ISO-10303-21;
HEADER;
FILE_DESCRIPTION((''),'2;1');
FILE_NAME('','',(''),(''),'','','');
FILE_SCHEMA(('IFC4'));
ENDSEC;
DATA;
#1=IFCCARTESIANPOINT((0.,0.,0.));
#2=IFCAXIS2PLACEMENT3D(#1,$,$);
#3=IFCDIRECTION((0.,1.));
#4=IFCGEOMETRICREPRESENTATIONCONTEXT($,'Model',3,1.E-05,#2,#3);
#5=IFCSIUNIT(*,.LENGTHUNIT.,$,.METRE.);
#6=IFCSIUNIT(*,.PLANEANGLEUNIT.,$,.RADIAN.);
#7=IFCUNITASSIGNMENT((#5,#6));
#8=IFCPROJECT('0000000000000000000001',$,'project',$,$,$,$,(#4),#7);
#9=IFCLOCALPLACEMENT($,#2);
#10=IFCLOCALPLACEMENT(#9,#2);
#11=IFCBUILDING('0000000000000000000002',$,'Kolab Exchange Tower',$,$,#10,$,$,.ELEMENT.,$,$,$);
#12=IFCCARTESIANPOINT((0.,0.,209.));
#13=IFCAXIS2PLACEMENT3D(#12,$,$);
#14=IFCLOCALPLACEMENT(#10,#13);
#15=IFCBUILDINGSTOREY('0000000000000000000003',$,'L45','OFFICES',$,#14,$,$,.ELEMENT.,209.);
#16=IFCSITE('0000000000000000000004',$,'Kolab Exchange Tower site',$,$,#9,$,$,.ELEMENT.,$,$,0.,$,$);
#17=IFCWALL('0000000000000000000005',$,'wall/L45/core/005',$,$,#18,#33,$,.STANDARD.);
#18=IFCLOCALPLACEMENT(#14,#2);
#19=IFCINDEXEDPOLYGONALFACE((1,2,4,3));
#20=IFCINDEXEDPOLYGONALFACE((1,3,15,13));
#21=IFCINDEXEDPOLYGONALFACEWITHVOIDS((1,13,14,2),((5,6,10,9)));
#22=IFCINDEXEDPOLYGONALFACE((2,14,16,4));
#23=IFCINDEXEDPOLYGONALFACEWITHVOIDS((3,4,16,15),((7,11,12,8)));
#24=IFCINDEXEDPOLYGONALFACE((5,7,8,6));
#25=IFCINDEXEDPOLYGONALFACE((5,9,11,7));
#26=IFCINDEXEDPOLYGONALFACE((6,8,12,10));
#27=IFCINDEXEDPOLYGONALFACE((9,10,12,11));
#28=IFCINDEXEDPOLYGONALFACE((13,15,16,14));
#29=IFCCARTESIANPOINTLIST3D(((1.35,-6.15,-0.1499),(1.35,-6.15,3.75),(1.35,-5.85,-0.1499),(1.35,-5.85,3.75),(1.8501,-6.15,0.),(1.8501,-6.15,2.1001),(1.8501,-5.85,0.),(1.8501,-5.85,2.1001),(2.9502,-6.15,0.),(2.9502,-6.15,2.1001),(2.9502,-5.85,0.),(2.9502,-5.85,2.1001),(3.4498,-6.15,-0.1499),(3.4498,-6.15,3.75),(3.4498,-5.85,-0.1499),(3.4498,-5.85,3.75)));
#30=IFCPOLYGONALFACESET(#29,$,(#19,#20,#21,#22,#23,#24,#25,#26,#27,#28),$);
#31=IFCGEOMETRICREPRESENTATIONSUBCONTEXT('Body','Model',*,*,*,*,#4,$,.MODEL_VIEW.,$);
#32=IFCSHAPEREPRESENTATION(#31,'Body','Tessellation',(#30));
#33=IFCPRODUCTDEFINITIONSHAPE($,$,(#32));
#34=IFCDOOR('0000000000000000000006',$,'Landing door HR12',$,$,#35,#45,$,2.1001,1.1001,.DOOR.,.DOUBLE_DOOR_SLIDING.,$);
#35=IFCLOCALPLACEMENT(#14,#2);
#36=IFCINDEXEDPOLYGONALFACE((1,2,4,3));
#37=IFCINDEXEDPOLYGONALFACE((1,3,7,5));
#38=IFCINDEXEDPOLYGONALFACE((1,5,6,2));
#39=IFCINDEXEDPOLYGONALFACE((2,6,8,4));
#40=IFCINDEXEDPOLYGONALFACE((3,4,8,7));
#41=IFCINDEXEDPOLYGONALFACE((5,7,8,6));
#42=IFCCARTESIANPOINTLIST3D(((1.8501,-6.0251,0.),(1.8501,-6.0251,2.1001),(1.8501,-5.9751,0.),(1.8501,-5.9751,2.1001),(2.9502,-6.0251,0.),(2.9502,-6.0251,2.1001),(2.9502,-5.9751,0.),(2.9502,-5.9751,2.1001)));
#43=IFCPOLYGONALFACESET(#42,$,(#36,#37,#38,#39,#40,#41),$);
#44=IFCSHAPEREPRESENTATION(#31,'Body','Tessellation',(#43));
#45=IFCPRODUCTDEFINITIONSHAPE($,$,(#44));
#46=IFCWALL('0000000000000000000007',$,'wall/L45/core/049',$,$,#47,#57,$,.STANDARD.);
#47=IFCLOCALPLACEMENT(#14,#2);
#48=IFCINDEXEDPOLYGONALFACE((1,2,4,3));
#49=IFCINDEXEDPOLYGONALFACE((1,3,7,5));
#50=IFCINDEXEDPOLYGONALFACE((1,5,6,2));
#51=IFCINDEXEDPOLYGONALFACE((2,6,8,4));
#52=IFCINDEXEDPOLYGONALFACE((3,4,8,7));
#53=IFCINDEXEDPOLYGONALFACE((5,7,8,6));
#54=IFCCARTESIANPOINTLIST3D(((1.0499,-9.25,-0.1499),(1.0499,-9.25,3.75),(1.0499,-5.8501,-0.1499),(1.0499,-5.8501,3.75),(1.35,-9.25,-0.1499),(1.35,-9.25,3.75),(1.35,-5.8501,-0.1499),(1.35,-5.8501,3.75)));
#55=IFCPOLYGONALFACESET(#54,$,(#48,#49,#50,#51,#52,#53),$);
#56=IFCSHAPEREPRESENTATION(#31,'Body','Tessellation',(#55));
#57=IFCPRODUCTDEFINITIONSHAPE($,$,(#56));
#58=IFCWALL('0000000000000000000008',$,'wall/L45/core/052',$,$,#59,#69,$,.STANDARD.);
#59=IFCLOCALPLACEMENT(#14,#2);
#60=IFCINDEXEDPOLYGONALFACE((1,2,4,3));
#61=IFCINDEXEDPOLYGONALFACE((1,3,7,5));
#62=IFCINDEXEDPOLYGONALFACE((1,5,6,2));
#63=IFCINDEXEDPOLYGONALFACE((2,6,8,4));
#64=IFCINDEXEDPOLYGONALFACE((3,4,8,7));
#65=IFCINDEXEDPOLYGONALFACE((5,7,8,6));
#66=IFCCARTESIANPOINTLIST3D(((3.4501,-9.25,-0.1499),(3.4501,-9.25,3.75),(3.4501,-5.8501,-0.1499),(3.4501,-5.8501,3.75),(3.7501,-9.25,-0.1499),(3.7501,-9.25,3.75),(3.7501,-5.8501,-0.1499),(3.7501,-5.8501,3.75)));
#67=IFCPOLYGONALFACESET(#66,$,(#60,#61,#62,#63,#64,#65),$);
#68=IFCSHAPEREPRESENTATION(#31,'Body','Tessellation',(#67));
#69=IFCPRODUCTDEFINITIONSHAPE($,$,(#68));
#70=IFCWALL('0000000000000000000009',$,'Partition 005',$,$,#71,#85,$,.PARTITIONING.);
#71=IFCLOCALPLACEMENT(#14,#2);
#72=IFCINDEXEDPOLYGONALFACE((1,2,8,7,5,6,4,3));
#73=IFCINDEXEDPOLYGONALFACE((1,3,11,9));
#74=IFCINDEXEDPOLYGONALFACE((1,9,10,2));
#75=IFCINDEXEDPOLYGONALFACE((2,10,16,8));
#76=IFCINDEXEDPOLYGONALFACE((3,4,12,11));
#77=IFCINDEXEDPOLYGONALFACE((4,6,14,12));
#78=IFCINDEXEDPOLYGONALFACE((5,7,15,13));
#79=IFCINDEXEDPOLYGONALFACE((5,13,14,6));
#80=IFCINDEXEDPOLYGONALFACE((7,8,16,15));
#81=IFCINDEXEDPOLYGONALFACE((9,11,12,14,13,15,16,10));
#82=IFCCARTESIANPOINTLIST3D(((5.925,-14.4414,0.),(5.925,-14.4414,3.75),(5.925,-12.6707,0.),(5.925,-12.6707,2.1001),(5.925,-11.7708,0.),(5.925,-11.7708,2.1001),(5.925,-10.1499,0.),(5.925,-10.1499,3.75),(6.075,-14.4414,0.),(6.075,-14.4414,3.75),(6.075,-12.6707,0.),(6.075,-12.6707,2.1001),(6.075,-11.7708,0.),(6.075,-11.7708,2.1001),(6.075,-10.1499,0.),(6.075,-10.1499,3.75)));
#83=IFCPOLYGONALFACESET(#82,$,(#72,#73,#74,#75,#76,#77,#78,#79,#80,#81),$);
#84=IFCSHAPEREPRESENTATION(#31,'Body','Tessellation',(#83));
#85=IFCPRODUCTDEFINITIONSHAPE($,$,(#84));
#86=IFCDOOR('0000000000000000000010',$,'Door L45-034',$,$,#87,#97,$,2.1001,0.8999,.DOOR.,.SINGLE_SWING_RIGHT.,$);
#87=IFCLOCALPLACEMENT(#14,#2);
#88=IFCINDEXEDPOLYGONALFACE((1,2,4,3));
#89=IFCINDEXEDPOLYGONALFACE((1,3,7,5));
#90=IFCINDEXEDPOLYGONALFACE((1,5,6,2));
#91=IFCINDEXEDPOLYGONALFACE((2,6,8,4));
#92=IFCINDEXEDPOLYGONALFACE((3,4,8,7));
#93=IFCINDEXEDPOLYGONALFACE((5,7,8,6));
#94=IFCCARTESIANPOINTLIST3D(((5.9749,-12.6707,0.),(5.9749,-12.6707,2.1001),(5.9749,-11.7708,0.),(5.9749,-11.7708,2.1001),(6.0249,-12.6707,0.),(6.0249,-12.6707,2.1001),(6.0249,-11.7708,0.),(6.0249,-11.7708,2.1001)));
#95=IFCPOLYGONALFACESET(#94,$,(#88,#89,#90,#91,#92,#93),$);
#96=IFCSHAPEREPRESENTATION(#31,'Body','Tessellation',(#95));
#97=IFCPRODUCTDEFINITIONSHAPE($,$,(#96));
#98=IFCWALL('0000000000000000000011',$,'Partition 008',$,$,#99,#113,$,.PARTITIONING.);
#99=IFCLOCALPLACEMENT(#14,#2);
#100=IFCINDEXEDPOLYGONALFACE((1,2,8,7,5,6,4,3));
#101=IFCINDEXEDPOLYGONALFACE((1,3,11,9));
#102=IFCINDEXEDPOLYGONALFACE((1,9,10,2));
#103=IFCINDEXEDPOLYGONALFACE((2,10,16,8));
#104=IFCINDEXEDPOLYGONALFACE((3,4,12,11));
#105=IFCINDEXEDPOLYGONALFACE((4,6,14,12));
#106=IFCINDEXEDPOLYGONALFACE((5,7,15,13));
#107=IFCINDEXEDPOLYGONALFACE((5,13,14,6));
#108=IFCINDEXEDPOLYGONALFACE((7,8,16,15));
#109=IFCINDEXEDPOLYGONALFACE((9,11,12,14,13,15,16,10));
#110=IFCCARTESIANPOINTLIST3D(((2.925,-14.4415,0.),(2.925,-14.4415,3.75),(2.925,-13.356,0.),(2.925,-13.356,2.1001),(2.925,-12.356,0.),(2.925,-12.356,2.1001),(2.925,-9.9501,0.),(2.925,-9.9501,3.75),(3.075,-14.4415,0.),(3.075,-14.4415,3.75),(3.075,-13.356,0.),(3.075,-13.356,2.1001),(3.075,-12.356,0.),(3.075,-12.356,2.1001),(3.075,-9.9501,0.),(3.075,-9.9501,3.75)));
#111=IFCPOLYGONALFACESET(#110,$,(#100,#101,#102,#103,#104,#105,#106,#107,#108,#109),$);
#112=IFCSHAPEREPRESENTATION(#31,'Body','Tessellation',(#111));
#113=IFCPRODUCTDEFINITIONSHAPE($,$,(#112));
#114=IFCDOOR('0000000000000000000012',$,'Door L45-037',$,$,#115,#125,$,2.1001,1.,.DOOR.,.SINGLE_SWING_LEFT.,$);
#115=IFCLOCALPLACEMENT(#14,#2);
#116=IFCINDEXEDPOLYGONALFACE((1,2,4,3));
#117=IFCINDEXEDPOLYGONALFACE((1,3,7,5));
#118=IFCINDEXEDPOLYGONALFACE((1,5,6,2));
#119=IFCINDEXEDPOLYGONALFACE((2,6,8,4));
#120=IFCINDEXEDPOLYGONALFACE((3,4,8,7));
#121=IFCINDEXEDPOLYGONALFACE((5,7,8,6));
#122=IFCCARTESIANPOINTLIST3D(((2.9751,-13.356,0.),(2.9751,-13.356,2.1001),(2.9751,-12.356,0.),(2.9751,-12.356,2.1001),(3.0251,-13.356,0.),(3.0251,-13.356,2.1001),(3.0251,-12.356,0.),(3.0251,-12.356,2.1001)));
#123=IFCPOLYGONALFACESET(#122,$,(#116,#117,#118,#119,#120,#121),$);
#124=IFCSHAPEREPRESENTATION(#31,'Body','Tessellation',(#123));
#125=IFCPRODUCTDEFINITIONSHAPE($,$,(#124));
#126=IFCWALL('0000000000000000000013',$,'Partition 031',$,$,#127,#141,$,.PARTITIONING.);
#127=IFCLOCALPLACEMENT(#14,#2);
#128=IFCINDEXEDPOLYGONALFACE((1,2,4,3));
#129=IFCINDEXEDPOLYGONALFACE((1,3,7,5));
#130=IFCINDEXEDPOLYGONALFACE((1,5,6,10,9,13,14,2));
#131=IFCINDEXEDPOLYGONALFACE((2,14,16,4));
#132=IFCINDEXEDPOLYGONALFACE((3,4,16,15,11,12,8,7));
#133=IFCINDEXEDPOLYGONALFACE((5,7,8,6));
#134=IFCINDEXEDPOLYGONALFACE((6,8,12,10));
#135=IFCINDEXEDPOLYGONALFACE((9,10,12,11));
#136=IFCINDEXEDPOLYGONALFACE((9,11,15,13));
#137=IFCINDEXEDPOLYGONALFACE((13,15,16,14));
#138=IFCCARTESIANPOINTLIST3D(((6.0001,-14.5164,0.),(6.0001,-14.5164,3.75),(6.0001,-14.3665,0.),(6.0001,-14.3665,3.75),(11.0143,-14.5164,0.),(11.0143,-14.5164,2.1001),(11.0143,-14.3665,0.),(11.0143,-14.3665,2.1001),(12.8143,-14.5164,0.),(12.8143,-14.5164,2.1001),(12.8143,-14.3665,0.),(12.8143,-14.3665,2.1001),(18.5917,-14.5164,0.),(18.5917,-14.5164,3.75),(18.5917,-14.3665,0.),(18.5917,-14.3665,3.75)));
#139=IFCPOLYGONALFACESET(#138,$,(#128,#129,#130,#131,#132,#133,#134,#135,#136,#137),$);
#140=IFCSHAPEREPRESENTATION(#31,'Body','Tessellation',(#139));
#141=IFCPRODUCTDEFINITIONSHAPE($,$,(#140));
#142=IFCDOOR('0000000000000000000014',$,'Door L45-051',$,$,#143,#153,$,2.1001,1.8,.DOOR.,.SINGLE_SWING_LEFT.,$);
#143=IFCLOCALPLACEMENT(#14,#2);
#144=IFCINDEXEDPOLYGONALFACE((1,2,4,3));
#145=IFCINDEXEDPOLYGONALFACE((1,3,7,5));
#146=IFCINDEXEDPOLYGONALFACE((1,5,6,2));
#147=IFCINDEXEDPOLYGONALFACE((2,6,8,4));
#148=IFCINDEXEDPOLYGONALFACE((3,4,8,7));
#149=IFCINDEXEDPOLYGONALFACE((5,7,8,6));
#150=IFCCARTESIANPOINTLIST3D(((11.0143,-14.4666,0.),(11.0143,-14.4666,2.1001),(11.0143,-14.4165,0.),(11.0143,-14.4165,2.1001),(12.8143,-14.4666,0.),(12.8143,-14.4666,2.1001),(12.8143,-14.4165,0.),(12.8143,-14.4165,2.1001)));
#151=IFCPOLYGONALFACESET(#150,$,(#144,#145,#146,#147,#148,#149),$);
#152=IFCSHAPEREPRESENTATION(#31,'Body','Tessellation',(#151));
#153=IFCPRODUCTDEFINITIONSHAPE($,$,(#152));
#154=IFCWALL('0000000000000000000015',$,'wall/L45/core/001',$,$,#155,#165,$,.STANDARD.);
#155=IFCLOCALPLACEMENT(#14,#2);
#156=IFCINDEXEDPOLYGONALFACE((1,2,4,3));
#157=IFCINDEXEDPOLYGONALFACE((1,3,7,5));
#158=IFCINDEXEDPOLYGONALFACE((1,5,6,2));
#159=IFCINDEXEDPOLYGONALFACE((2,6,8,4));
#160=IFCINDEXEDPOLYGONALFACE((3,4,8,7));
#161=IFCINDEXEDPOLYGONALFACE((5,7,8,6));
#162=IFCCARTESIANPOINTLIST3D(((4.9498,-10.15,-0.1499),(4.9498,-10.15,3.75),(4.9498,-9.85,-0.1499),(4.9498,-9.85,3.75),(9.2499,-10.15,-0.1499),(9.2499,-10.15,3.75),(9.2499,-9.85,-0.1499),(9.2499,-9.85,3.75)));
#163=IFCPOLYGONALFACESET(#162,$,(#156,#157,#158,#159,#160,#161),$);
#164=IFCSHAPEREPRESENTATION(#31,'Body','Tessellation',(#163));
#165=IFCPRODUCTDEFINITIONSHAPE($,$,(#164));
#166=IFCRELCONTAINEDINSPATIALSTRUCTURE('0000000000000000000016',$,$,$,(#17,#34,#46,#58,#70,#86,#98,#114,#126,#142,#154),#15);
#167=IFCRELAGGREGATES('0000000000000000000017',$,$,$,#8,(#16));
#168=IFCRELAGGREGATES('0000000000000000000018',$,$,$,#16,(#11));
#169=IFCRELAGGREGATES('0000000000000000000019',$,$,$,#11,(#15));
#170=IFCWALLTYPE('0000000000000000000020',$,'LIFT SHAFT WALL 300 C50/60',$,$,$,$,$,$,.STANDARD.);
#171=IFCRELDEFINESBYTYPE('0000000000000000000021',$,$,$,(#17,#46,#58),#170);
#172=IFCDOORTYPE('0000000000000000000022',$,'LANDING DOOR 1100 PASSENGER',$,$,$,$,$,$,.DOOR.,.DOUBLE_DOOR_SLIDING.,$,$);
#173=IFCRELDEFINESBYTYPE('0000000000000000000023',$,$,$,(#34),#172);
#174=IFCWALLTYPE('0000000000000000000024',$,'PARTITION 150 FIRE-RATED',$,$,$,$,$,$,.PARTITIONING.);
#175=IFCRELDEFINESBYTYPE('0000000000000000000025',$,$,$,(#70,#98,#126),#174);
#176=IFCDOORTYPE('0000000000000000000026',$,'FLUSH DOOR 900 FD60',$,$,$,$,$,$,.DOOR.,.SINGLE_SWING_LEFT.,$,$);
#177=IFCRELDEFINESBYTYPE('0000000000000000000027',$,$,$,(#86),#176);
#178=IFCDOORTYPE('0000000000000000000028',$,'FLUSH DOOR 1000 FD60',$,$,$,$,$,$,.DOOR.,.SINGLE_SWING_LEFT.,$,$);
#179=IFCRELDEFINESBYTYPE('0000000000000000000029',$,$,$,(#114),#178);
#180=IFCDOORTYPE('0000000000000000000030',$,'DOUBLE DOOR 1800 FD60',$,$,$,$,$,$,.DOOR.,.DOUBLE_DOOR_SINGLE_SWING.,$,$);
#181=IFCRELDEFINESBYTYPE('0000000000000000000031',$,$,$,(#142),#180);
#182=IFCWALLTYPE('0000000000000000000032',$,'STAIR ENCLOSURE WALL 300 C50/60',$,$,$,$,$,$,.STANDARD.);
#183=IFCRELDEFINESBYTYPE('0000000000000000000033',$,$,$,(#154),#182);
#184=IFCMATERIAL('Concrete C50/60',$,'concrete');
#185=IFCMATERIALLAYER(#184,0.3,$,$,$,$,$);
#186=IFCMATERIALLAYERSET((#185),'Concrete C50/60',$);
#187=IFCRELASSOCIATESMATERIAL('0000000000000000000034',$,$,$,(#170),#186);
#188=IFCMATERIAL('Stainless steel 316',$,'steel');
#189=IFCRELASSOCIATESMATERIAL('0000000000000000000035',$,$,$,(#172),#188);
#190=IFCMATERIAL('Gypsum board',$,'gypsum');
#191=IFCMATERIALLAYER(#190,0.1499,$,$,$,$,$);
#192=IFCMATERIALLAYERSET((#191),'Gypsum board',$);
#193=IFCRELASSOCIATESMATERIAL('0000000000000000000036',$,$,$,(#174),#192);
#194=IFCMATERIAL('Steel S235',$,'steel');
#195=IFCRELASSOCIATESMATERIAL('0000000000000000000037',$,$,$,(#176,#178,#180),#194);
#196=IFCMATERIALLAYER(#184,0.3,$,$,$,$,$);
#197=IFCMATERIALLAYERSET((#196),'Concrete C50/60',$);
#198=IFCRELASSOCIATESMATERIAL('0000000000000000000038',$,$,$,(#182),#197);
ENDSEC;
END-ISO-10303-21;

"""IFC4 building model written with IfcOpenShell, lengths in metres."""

from ifc_helpers import new_model, si_unit, direction, frame, frame_2d, origin, place, context, subcontext, project, spatial, rectangle, extrude, material, layer, layer_set, type_object, element, fill, save


model = new_model("IFC4")

# Units and contexts
model_context = context("Model", 3, precision=1e-05, world=origin(), true_north=direction((0.0, 1.0)))
body_context = subcontext(model_context, "Body", "Model", "MODEL_VIEW")
ifc_project = project(units=[si_unit("LENGTHUNIT", "METRE"), si_unit("PLANEANGLEUNIT", "RADIAN")], contexts=[model_context])

# Site, building, storey
site_placement = place(None, origin())
site = spatial("IfcSite", under=ifc_project, at=site_placement, Name="Kolab Exchange Tower site", CompositionType="ELEMENT", RefElevation=0.0)
building_placement = place(site_placement, origin())
building = spatial("IfcBuilding", under=site, at=building_placement, Name="Kolab Exchange Tower", CompositionType="ELEMENT")
storey_placement = place(building_placement, frame((0.0, 0.0, 209.0)))
storey = spatial("IfcBuildingStorey", under=building, at=storey_placement, Name="L45", Description="OFFICES", CompositionType="ELEMENT", Elevation=209.0)

# Wall, opening, door
ifc_material_1 = material(Name="Concrete C50/60", Category="concrete")
ifc_layer_1 = layer(ifc_material_1, 0.3)
ifc_layer_set_1 = layer_set([ifc_layer_1], Name="Concrete C50/60")
wall_type_1 = type_object("IfcWallType", Name="LIFT SHAFT WALL 300 C50/60", PredefinedType="STANDARD", material=ifc_layer_set_1)
wall_1_placement = place(storey_placement, frame((1.3501, -6.0, -0.1499), z_axis=(0.0, 0.0, 1.0), x_axis=(1.0, 0.0, 0.0)))
wall_1 = element("IfcWall", 1, at=wall_1_placement, inside=storey, type_object=wall_type_1, Name="wall/L45/core/005", PredefinedType="STANDARD", context=body_context, shape_type="SweptSolid", body=[
    extrude(rectangle(XDim=2.0999, YDim=0.3, at=frame_2d((1.0498, 0.0))), origin(), (0.0, 0.0, 1.0), 3.8999),
])
opening_1_placement = place(wall_1_placement, frame((0.5, 0.0, 0.1499)))
opening_1 = element("IfcOpeningElement", 2, at=opening_1_placement, cuts=wall_1, PredefinedType="OPENING", context=body_context, shape_type="SweptSolid", body=[
    extrude(rectangle(XDim=1.1001, YDim=2.1001, at=frame_2d((0.55, 1.05))), frame((0.0, 0.1602, 0.0), z_axis=(0.0, -1.0, 0.0), x_axis=(1.0, 0.0, 0.0)), (0.0, 0.0, 1.0), 0.3201),
])
ifc_material_2 = material(Name="Stainless steel 316", Category="steel")
door_type_1 = type_object("IfcDoorType", Name="LANDING DOOR 1100 PASSENGER", OperationType="DOUBLE_DOOR_SLIDING", PredefinedType="DOOR", material=ifc_material_2)
door_1_placement = place(opening_1_placement, origin())
door_1 = element("IfcDoor", 3, at=door_1_placement, inside=storey, type_object=door_type_1, Name="Landing door HR12", OperationType="DOUBLE_DOOR_SLIDING", OverallHeight=2.1001, OverallWidth=1.1001, PredefinedType="DOOR", context=body_context, shape_type="SweptSolid", body=[
    extrude(rectangle(XDim=1.1001, YDim=2.1001, at=frame_2d((0.55, 1.05))), frame((0.0, 0.0249, 0.0), z_axis=(0.0, -1.0, 0.0), x_axis=(1.0, 0.0, 0.0)), (0.0, 0.0, 1.0), 0.05),
])
fill(opening_1, door_1)

# Walls
for number, where, z_axis, x_axis, name in (
    (4, (1.2, -9.25, -0.1499), (0.0, 0.0, 1.0), (0.0, 1.0, 0.0), "wall/L45/core/049"),
    (5, (3.6001, -9.25, -0.1499), (0.0, 0.0, 1.0), (0.0, 1.0, 0.0), "wall/L45/core/052"),
):
    element("IfcWall", number, at=place(storey_placement, frame(where, z_axis=z_axis, x_axis=x_axis)), inside=storey, type_object=wall_type_1, Name=name, PredefinedType="STANDARD", context=body_context, shape_type="SweptSolid", body=[
        extrude(rectangle(XDim=3.3999, YDim=0.3, at=frame_2d((1.7, 0.0))), origin(), (0.0, 0.0, 1.0), 3.8999),
    ])

# Walls, openings, doors
ifc_material_3 = material(Name="Gypsum board", Category="gypsum")
ifc_layer_2 = layer(ifc_material_3, 0.1499)
ifc_layer_set_2 = layer_set([ifc_layer_2], Name="Gypsum board")
wall_type_2 = type_object("IfcWallType", Name="PARTITION 150 FIRE-RATED", PredefinedType="PARTITIONING", material=ifc_layer_set_2)
wall_2_placement = place(storey_placement, frame((6.0, -14.4414, 0.0), z_axis=(0.0, 0.0, 1.0), x_axis=(0.0, 1.0, 0.0)))
wall_2 = element("IfcWall", 6, at=wall_2_placement, inside=storey, type_object=wall_type_2, Name="Partition 005", PredefinedType="PARTITIONING", context=body_context, shape_type="SweptSolid", body=[
    extrude(rectangle(XDim=4.2915, YDim=0.1499, at=frame_2d((2.1458, 0.0))), origin(), (0.0, 0.0, 1.0), 3.75),
])
opening_2_placement = place(wall_2_placement, frame((1.7708, 0.0, 0.0)))
opening_2 = element("IfcOpeningElement", 7, at=opening_2_placement, cuts=wall_2, PredefinedType="OPENING", context=body_context, shape_type="SweptSolid", body=[
    extrude(rectangle(XDim=0.8999, YDim=2.1001, at=frame_2d((0.45, 1.05))), frame((0.0, 0.085, 0.0), z_axis=(0.0, -1.0, 0.0), x_axis=(1.0, 0.0, 0.0)), (0.0, 0.0, 1.0), 0.1699),
])
ifc_material_4 = material(Name="Steel S235", Category="steel")
door_type_2 = type_object("IfcDoorType", Name="FLUSH DOOR 900 FD60", OperationType="SINGLE_SWING_LEFT", PredefinedType="DOOR", material=ifc_material_4)
door_2_placement = place(opening_2_placement, frame((0.8999, 0.0, 0.0), z_axis=(0.0, 0.0, 1.0), x_axis=(-1.0, 0.0, 0.0)))
door_2 = element("IfcDoor", 8, at=door_2_placement, inside=storey, type_object=door_type_2, Name="Door L45-034", OperationType="SINGLE_SWING_RIGHT", OverallHeight=2.1001, OverallWidth=0.8999, PredefinedType="DOOR", context=body_context, shape_type="SweptSolid", body=[
    extrude(rectangle(XDim=0.8999, YDim=2.1001, at=frame_2d((0.45, 1.05))), frame((0.0, 0.0249, 0.0), z_axis=(0.0, -1.0, 0.0), x_axis=(1.0, 0.0, 0.0)), (0.0, 0.0, 1.0), 0.05),
])
fill(opening_2, door_2)
wall_3_placement = place(storey_placement, frame((3.0, -14.4414, 0.0), z_axis=(0.0, 0.0, 1.0), x_axis=(0.0, 1.0, 0.0)))
wall_3 = element("IfcWall", 9, at=wall_3_placement, inside=storey, type_object=wall_type_2, Name="Partition 008", PredefinedType="PARTITIONING", context=body_context, shape_type="SweptSolid", body=[
    extrude(rectangle(XDim=4.4915, YDim=0.1499, at=frame_2d((2.2456, 0.0))), origin(), (0.0, 0.0, 1.0), 3.75),
])
opening_3_placement = place(wall_3_placement, frame((1.0854, 0.0, 0.0)))
opening_3 = element("IfcOpeningElement", 10, at=opening_3_placement, cuts=wall_3, PredefinedType="OPENING", context=body_context, shape_type="SweptSolid", body=[
    extrude(rectangle(XDim=1.0, YDim=2.1001, at=frame_2d((0.5, 1.05))), frame((0.0, 0.085, 0.0), z_axis=(0.0, -1.0, 0.0), x_axis=(1.0, 0.0, 0.0)), (0.0, 0.0, 1.0), 0.1699),
])
door_type_3 = type_object("IfcDoorType", Name="FLUSH DOOR 1000 FD60", OperationType="SINGLE_SWING_LEFT", PredefinedType="DOOR", material=ifc_material_4)
door_3_placement = place(opening_3_placement, origin())
door_3 = element("IfcDoor", 11, at=door_3_placement, inside=storey, type_object=door_type_3, Name="Door L45-037", OperationType="SINGLE_SWING_LEFT", OverallHeight=2.1001, OverallWidth=1.0, PredefinedType="DOOR", context=body_context, shape_type="SweptSolid", body=[
    extrude(rectangle(XDim=1.0, YDim=2.1001, at=frame_2d((0.5, 1.05))), frame((0.0, 0.0249, 0.0), z_axis=(0.0, -1.0, 0.0), x_axis=(1.0, 0.0, 0.0)), (0.0, 0.0, 1.0), 0.05),
])
fill(opening_3, door_3)
wall_4_placement = place(storey_placement, frame((6.0, -14.4414, 0.0), z_axis=(0.0, 0.0, 1.0), x_axis=(1.0, 0.0, 0.0)))
wall_4 = element("IfcWall", 12, at=wall_4_placement, inside=storey, type_object=wall_type_2, Name="Partition 031", PredefinedType="PARTITIONING", context=body_context, shape_type="SweptSolid", body=[
    extrude(rectangle(XDim=12.5916, YDim=0.1499, at=frame_2d((6.2959, 0.0))), origin(), (0.0, 0.0, 1.0), 3.75),
])
opening_4_placement = place(wall_4_placement, frame((5.0144, 0.0, 0.0)))
opening_4 = element("IfcOpeningElement", 13, at=opening_4_placement, cuts=wall_4, PredefinedType="OPENING", context=body_context, shape_type="SweptSolid", body=[
    extrude(rectangle(XDim=1.8, YDim=2.1001, at=frame_2d((0.8999, 1.05))), frame((0.0, 0.085, 0.0), z_axis=(0.0, -1.0, 0.0), x_axis=(1.0, 0.0, 0.0)), (0.0, 0.0, 1.0), 0.1699),
])
door_type_4 = type_object("IfcDoorType", Name="DOUBLE DOOR 1800 FD60", OperationType="DOUBLE_DOOR_SINGLE_SWING", PredefinedType="DOOR", material=ifc_material_4)
door_4_placement = place(opening_4_placement, origin())
door_4 = element("IfcDoor", 14, at=door_4_placement, inside=storey, type_object=door_type_4, Name="Door L45-051", OperationType="SINGLE_SWING_LEFT", OverallHeight=2.1001, OverallWidth=1.8, PredefinedType="DOOR", context=body_context, shape_type="SweptSolid", body=[
    extrude(rectangle(XDim=1.8, YDim=2.1001, at=frame_2d((0.8999, 1.05))), frame((0.0, 0.0249, 0.0), z_axis=(0.0, -1.0, 0.0), x_axis=(1.0, 0.0, 0.0)), (0.0, 0.0, 1.0), 0.05),
])
fill(opening_4, door_4)

# Wall
ifc_layer_3 = layer(ifc_material_1, 0.3)
ifc_layer_set_3 = layer_set([ifc_layer_3], Name="Concrete C50/60")
wall_type_3 = type_object("IfcWallType", Name="STAIR ENCLOSURE WALL 300 C50/60", PredefinedType="STANDARD", material=ifc_layer_set_3)
wall_5_placement = place(storey_placement, frame((4.95, -10.0, -0.1499), z_axis=(0.0, 0.0, 1.0), x_axis=(1.0, 0.0, 0.0)))
element("IfcWall", 15, at=wall_5_placement, inside=storey, type_object=wall_type_3, Name="wall/L45/core/001", PredefinedType="STANDARD", context=body_context, shape_type="SweptSolid", body=[
    extrude(rectangle(XDim=4.3, YDim=0.3, at=frame_2d((2.1499, 0.0))), origin(), (0.0, 0.0, 1.0), 3.8999),
])

save(model, "model.ifc")
